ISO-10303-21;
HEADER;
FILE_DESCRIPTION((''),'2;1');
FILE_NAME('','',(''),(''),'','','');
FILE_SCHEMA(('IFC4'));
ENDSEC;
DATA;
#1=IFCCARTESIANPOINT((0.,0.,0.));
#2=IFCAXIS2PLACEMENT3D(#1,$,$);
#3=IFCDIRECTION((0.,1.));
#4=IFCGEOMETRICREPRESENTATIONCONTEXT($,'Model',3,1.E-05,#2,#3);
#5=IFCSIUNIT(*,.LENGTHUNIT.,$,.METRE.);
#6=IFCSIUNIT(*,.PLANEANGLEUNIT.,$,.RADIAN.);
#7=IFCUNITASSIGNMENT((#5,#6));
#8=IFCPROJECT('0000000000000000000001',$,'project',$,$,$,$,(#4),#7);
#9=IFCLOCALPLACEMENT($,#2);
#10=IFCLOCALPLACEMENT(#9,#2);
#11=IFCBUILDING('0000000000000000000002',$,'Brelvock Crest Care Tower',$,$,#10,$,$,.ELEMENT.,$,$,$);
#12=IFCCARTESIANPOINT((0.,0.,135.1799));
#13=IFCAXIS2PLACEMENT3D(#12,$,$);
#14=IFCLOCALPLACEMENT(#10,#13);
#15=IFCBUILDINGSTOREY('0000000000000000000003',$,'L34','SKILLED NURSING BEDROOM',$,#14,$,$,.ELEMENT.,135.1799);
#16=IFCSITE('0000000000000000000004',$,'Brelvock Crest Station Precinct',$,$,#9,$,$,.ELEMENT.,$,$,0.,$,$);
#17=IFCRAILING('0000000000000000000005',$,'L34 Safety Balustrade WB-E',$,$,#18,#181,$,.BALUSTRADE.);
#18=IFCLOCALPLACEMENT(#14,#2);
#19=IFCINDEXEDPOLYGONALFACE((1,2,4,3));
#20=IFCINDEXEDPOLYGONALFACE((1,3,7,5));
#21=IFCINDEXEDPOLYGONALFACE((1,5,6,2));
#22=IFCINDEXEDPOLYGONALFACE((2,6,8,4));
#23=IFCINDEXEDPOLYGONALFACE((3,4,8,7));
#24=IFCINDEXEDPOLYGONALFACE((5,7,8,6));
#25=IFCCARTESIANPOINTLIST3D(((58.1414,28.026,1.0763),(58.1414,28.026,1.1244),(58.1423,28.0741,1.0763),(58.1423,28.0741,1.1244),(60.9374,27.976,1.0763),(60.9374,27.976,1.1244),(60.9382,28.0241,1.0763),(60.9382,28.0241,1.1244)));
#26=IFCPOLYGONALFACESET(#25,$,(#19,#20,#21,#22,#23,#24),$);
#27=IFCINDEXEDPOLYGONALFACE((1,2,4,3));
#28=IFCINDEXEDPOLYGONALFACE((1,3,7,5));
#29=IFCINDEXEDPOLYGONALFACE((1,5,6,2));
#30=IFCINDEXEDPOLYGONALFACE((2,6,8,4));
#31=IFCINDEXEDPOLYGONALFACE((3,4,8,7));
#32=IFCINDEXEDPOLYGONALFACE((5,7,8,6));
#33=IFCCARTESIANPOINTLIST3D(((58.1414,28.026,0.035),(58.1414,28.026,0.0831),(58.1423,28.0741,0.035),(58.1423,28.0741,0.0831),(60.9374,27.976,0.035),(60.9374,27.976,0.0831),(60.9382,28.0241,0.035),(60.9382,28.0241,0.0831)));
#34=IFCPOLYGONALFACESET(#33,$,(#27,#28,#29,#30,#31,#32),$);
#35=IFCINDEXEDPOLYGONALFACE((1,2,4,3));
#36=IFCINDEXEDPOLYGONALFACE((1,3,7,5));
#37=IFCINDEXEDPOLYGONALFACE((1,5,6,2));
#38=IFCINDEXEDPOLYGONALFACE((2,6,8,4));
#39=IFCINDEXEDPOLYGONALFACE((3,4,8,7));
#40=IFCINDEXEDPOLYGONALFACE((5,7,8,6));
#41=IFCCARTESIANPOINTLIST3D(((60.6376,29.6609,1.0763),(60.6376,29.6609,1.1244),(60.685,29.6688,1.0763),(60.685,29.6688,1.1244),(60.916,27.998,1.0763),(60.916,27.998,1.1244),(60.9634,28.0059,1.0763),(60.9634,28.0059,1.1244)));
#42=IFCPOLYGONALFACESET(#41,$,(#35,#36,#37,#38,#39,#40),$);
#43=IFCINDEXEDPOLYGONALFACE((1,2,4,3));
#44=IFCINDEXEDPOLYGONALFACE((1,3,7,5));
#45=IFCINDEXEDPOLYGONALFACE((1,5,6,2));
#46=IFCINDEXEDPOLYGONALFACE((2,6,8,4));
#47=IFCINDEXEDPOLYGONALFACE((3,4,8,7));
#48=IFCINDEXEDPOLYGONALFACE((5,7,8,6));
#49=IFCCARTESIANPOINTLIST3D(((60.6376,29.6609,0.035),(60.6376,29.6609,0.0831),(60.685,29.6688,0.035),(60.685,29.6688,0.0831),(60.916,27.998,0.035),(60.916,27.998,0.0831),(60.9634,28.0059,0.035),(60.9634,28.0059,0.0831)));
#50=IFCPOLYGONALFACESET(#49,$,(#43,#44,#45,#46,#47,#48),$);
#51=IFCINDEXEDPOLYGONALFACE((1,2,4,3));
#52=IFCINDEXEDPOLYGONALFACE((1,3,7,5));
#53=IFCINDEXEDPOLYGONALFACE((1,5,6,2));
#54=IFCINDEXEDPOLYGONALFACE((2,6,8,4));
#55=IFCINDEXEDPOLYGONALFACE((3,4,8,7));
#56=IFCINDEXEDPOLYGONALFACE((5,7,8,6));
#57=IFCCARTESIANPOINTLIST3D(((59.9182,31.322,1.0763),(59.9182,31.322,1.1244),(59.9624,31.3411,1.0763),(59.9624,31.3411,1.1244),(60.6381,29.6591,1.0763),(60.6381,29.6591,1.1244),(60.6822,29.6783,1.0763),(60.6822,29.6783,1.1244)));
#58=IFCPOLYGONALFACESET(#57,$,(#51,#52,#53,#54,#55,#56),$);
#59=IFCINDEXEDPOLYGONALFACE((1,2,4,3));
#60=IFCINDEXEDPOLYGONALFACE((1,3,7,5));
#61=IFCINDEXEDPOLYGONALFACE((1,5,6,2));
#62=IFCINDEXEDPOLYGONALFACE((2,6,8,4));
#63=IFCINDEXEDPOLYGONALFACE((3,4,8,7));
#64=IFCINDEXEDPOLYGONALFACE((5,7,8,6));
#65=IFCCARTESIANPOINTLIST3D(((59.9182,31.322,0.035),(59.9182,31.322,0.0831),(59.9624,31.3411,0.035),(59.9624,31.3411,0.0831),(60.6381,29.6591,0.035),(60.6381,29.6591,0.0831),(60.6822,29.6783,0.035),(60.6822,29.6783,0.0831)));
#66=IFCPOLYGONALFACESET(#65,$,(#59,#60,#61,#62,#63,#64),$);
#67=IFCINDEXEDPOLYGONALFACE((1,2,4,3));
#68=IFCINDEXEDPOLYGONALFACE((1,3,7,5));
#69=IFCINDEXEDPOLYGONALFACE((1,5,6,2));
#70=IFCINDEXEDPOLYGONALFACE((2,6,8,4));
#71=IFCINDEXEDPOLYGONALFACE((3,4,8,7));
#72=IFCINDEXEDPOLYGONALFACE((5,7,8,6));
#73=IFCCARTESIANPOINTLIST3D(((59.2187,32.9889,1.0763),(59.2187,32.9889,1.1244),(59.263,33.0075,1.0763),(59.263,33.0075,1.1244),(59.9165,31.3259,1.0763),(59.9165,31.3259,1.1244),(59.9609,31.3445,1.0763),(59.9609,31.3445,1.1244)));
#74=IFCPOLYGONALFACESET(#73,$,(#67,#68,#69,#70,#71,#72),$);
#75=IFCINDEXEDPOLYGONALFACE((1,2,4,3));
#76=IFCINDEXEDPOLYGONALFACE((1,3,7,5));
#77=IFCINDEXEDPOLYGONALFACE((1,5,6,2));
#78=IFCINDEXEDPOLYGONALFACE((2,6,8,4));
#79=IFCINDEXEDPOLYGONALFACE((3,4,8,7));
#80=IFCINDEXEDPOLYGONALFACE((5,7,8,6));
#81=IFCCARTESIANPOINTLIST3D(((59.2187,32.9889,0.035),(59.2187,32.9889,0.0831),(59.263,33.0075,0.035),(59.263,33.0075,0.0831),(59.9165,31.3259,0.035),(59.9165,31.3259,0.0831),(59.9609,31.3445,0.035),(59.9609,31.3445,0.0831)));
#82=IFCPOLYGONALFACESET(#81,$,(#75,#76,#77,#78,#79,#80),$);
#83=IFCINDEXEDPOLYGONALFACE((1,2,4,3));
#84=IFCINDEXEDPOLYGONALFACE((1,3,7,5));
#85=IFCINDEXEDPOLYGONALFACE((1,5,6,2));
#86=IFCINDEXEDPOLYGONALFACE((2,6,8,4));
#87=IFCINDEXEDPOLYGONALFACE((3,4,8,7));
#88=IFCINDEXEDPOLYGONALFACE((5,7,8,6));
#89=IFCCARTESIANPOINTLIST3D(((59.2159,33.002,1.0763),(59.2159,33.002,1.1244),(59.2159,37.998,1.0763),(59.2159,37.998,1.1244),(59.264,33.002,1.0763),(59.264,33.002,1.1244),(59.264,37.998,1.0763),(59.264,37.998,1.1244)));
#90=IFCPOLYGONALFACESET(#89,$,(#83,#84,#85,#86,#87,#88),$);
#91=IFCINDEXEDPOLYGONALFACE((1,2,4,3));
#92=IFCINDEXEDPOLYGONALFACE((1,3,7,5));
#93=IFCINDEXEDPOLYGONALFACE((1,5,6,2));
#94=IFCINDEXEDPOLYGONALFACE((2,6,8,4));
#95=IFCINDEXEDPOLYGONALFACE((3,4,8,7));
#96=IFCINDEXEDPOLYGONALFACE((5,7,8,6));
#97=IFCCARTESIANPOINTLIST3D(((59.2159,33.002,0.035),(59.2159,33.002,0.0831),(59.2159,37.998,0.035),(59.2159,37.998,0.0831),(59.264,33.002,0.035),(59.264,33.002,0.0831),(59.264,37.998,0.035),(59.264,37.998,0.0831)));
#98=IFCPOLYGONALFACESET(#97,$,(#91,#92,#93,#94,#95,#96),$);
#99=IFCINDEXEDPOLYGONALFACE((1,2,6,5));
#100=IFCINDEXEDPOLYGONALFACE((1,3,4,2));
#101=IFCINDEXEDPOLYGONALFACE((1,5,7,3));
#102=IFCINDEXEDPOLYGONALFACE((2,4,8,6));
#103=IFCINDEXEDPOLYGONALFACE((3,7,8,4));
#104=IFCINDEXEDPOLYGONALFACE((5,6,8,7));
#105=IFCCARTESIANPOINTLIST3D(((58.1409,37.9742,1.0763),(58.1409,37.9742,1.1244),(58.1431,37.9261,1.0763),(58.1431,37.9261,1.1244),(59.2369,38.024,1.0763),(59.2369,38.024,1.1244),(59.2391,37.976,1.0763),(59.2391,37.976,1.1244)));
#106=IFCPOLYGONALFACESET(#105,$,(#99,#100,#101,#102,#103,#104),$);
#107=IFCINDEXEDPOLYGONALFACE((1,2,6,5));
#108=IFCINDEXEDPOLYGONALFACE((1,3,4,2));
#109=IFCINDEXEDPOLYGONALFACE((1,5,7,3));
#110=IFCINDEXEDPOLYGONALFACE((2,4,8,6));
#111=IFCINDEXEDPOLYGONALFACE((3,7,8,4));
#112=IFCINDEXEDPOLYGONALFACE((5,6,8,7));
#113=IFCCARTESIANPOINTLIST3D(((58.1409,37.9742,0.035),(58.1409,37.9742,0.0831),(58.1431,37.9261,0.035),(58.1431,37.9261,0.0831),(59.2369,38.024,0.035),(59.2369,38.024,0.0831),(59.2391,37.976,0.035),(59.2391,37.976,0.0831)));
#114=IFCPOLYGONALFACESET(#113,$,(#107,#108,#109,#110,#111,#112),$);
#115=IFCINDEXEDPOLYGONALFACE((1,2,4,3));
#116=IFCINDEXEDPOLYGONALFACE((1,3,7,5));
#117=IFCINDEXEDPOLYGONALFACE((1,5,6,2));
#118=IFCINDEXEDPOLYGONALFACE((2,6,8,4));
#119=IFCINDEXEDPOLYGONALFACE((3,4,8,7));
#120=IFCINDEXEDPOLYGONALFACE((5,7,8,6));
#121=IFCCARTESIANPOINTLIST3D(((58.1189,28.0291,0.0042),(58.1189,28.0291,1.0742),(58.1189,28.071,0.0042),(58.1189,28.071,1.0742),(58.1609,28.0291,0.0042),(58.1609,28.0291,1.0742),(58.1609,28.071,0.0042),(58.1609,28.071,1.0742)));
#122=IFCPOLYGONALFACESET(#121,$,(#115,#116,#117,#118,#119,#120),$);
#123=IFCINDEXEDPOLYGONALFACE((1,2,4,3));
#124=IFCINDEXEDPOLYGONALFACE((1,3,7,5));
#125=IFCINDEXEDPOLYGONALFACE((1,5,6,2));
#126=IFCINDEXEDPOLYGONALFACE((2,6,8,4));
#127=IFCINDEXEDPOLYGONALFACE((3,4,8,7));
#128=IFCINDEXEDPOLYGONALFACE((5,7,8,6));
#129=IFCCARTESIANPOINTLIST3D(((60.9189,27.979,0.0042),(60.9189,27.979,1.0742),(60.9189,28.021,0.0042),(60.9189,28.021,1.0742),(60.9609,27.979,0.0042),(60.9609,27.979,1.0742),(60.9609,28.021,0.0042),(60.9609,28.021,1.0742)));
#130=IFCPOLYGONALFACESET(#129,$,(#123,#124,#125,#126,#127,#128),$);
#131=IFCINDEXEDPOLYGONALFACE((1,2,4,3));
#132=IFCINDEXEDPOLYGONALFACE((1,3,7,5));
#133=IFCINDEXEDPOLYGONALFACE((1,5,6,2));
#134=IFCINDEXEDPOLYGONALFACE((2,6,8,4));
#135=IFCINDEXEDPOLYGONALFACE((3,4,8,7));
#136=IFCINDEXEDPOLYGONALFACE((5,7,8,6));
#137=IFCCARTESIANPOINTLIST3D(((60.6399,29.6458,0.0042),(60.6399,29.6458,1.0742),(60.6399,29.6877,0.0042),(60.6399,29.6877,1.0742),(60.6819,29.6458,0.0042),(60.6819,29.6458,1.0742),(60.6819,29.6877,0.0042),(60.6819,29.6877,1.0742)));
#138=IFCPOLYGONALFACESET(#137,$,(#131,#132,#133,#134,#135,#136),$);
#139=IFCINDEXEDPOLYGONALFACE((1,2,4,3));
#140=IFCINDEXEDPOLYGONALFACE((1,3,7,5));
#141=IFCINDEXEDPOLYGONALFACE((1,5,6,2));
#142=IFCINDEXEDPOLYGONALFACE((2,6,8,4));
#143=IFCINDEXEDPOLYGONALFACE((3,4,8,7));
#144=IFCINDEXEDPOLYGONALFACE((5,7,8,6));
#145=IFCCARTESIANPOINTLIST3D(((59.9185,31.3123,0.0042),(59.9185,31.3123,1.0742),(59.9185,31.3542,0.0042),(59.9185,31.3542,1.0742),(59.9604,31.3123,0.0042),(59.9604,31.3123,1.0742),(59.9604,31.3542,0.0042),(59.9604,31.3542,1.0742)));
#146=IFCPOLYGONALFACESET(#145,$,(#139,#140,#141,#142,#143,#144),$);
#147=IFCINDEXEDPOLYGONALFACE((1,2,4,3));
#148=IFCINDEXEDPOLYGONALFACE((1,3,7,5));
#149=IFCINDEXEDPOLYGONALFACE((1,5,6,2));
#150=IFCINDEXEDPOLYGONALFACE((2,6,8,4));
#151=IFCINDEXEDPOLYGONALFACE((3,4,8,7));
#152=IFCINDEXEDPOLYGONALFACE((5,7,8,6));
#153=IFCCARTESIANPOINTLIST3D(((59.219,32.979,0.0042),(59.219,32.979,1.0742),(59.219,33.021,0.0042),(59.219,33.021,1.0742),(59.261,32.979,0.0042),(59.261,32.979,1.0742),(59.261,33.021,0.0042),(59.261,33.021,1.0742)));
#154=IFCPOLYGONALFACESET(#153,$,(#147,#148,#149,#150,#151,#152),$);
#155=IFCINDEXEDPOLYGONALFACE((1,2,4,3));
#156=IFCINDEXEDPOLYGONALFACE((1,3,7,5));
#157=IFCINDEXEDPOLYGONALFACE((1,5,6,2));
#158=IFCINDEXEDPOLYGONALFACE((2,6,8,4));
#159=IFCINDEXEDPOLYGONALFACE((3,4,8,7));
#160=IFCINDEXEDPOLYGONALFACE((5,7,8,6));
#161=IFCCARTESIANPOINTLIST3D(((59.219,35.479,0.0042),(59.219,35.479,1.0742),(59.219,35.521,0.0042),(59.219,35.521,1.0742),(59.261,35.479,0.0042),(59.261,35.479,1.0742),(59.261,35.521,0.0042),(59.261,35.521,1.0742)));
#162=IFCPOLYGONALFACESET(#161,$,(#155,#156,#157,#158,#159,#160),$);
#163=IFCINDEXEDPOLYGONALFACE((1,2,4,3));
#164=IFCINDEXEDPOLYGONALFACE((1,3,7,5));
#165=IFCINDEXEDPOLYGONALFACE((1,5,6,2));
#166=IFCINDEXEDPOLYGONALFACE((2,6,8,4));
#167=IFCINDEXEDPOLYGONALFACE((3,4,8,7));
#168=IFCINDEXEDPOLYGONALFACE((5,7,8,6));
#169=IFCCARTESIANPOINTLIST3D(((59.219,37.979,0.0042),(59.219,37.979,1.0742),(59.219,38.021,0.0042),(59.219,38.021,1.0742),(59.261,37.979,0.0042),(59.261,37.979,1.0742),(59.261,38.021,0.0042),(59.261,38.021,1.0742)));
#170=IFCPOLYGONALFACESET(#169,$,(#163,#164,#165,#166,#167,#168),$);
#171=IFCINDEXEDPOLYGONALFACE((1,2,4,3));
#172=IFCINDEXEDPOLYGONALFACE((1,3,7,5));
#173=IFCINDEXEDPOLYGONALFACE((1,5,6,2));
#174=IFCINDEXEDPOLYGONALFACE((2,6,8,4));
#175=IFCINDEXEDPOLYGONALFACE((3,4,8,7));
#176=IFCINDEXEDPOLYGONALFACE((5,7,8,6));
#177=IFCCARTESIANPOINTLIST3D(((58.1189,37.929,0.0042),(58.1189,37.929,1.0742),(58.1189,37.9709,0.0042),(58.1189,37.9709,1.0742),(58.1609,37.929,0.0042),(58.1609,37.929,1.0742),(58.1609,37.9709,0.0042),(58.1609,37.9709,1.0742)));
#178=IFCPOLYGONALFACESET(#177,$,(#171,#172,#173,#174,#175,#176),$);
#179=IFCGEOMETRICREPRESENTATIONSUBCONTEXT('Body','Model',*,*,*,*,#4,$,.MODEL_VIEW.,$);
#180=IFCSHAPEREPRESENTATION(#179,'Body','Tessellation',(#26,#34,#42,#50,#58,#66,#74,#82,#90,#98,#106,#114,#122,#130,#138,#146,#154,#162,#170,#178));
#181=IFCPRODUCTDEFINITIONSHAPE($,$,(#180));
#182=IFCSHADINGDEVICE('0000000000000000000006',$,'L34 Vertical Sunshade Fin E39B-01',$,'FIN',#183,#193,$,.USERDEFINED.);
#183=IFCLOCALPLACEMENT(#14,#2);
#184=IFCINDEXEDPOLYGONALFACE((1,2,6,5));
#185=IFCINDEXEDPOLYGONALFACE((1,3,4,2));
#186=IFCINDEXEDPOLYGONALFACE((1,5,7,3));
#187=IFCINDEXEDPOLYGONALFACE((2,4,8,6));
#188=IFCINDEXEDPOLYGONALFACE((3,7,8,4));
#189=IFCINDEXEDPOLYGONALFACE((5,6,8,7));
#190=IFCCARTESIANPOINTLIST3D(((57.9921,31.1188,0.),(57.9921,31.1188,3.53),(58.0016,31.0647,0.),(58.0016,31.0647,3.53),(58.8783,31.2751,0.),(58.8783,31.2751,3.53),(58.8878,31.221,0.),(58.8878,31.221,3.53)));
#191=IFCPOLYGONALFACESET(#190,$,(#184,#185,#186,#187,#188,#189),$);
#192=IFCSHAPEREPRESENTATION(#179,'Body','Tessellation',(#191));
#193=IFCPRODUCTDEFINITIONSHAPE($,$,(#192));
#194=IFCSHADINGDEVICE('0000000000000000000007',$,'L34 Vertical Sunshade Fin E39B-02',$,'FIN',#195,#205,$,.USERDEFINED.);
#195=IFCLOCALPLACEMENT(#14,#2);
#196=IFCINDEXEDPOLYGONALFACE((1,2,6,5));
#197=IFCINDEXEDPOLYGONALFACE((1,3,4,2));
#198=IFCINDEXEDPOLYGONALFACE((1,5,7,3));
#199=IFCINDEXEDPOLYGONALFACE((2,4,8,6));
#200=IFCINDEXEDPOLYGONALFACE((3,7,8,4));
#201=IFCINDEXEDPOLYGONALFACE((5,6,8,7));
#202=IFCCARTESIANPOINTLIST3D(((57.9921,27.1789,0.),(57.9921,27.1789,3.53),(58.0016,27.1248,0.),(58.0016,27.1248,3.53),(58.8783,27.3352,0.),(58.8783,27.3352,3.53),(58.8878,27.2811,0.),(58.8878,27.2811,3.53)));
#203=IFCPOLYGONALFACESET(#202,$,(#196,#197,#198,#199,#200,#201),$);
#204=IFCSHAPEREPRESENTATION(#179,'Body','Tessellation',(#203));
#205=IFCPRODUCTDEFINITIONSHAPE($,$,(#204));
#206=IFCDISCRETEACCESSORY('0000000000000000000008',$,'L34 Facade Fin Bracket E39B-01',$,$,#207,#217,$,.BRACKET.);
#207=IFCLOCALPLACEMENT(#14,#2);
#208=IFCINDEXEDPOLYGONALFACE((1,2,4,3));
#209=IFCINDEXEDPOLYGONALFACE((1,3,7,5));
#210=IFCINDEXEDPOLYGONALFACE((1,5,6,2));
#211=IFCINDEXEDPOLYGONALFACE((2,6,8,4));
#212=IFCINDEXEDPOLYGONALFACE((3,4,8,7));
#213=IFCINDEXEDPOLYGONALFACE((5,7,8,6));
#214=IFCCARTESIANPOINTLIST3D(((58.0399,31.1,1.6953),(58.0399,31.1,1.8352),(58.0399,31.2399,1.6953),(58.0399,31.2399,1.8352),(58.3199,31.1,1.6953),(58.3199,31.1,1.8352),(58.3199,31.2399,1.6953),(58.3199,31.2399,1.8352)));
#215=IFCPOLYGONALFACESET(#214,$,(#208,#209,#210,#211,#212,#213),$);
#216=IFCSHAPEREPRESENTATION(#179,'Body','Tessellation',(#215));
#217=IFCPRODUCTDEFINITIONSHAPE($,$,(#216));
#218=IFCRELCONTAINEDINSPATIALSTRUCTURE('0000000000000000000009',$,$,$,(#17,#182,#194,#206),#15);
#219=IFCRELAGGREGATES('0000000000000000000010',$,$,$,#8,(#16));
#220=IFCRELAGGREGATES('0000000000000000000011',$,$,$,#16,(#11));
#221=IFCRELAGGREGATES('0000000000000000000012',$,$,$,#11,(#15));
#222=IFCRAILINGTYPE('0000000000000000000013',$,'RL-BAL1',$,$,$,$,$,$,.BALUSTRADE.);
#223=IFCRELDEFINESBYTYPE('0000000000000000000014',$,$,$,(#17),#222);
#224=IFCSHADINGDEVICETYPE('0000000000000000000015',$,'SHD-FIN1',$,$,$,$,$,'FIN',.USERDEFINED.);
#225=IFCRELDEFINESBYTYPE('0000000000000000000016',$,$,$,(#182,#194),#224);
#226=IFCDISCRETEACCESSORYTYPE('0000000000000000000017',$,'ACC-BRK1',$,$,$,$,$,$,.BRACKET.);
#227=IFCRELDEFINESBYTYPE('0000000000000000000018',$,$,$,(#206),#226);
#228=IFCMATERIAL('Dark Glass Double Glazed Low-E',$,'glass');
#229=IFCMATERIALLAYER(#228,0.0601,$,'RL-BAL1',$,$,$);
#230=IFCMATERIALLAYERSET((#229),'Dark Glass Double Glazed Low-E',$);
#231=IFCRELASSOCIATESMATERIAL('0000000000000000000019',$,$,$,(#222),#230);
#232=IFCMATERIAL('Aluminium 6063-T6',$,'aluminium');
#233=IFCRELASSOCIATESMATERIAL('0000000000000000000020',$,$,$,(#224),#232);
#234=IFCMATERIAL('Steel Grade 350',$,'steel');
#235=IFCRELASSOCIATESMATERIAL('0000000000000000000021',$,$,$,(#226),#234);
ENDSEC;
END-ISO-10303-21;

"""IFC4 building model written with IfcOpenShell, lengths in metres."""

from ifc_helpers import new_model, si_unit, direction, frame, origin, origin_2d, place, context, subcontext, project, spatial, rectangle, extrude, source, transform, mapped, material, layer, layer_set, material_profile, profile_set, type_object, element, save


model = new_model("IFC4")

# Units and contexts
model_context = context("Model", 3, precision=1e-05, world=origin(), true_north=direction((0.0, 1.0)))
body_context = subcontext(model_context, "Body", "Model", "MODEL_VIEW")
ifc_project = project(units=[si_unit("LENGTHUNIT", "METRE"), si_unit("PLANEANGLEUNIT", "RADIAN")], contexts=[model_context])

# Site, building, storey
site_placement = place(None, origin())
site = spatial("IfcSite", under=ifc_project, at=site_placement, Name="Brelvock Crest Station Precinct", CompositionType="ELEMENT", RefElevation=0.0)
building_placement = place(site_placement, origin())
building = spatial("IfcBuilding", under=site, at=building_placement, Name="Brelvock Crest Care Tower", CompositionType="ELEMENT")
storey_placement = place(building_placement, frame((0.0, 0.0, 135.1799)))
storey = spatial("IfcBuildingStorey", under=building, at=storey_placement, Name="L34", Description="SKILLED NURSING BEDROOM", CompositionType="ELEMENT", Elevation=135.1799)

# Shared definitions
ifc_material_1 = material(Name="Steel Grade 350", Category="steel")

# Shared definitions
ifc_material_2 = material(Name="Dark Glass Double Glazed Low-E", Category="glass")
ifc_material_3 = material(Name="Aluminium 6063-T6", Category="aluminium")

# Railing
ifc_layer_1 = layer(ifc_material_2, 0.0601, Name="RL-BAL1")
ifc_layer_set_1 = layer_set([ifc_layer_1], Name="Dark Glass Double Glazed Low-E")
railing_type = type_object("IfcRailingType", Name="RL-BAL1", PredefinedType="BALUSTRADE", material=ifc_layer_set_1)
railing_placement = place(storey_placement, frame((58.1399, 28.05, 0.0042)))
element("IfcRailing", 1, at=railing_placement, inside=storey, type_object=railing_type, Name="L34 Safety Balustrade WB-E", PredefinedType="BALUSTRADE", context=body_context, shape_type="SweptSolid", body=[
    extrude(rectangle(XDim=0.0481, YDim=0.0481, at=origin_2d()), frame((0.002, 0.0, 1.0962), z_axis=(0.99984, -0.017871, 0.0), x_axis=(0.017871, 0.99984, 0.0)), (0.0, 0.0, 1.0), 2.7964),
    extrude(rectangle(XDim=0.0481, YDim=0.0481, at=origin_2d()), frame((0.002, 0.0, 0.0549), z_axis=(0.99984, -0.017871, 0.0), x_axis=(0.017871, 0.99984, 0.0)), (0.0, 0.0, 1.0), 2.7964),
    extrude(rectangle(XDim=0.0481, YDim=0.0481, at=origin_2d()), frame((2.7998, -0.0481, 1.0962), z_axis=(-0.165125, 0.986273, 0.0), x_axis=(-0.986273, -0.165125, 0.0)), (0.0, 0.0, 1.0), 1.686),
    extrude(rectangle(XDim=0.0481, YDim=0.0481, at=origin_2d()), frame((2.7998, -0.0481, 0.0549), z_axis=(-0.165125, 0.986273, 0.0), x_axis=(-0.986273, -0.165125, 0.0)), (0.0, 0.0, 1.0), 1.686),
    extrude(rectangle(XDim=0.0481, YDim=0.0481, at=origin_2d()), frame((2.5203, 1.6187, 1.0962), z_axis=(-0.397275, 0.917699, 0.0), x_axis=(-0.917699, -0.397275, 0.0)), (0.0, 0.0, 1.0), 1.812),
    extrude(rectangle(XDim=0.0481, YDim=0.0481, at=origin_2d()), frame((2.5203, 1.6187, 0.0549), z_axis=(-0.397275, 0.917699, 0.0), x_axis=(-0.917699, -0.397275, 0.0)), (0.0, 0.0, 1.0), 1.812),
    extrude(rectangle(XDim=0.0481, YDim=0.0481, at=origin_2d()), frame((1.7988, 3.2852, 1.0962), z_axis=(-0.386964, 0.922095, 0.0), x_axis=(-0.922095, -0.386964, 0.0)), (0.0, 0.0, 1.0), 1.8035),
    extrude(rectangle(XDim=0.0481, YDim=0.0481, at=origin_2d()), frame((1.7988, 3.2852, 0.0549), z_axis=(-0.386964, 0.922095, 0.0), x_axis=(-0.922095, -0.386964, 0.0)), (0.0, 0.0, 1.0), 1.8035),
    extrude(rectangle(XDim=0.0481, YDim=0.0481, at=origin_2d()), frame((1.1001, 4.9519, 1.0962), z_axis=(0.0, 1.0, 0.0), x_axis=(-1.0, 0.0, 0.0)), (0.0, 0.0, 1.0), 4.9961),
    extrude(rectangle(XDim=0.0481, YDim=0.0481, at=origin_2d()), frame((1.1001, 4.9519, 0.0549), z_axis=(0.0, 1.0, 0.0), x_axis=(-1.0, 0.0, 0.0)), (0.0, 0.0, 1.0), 4.9961),
    extrude(rectangle(XDim=0.0481, YDim=0.0481, at=origin_2d()), frame((1.0981, 9.95, 1.0962), z_axis=(-0.998967, -0.045448, 0.0), x_axis=(0.045448, -0.998967, 0.0)), (0.0, 0.0, 1.0), 1.0972),
    extrude(rectangle(XDim=0.0481, YDim=0.0481, at=origin_2d()), frame((1.0981, 9.95, 0.0549), z_axis=(-0.998967, -0.045448, 0.0), x_axis=(0.045448, -0.998967, 0.0)), (0.0, 0.0, 1.0), 1.0972),
    extrude(rectangle(XDim=0.042, YDim=0.042, at=origin_2d()), origin(), (0.0, 0.0, 1.0), 1.0701),
    extrude(rectangle(XDim=0.042, YDim=0.042, at=origin_2d()), frame((2.8, -0.05, 0.0)), (0.0, 0.0, 1.0), 1.0701),
    extrude(rectangle(XDim=0.042, YDim=0.042, at=origin_2d()), frame((2.521, 1.6167, 0.0)), (0.0, 0.0, 1.0), 1.0701),
    extrude(rectangle(XDim=0.042, YDim=0.042, at=origin_2d()), frame((1.7996, 3.2832, 0.0)), (0.0, 0.0, 1.0), 1.0701),
    extrude(rectangle(XDim=0.042, YDim=0.042, at=origin_2d()), frame((1.1001, 4.95, 0.0)), (0.0, 0.0, 1.0), 1.0701),
    extrude(rectangle(XDim=0.042, YDim=0.042, at=origin_2d()), frame((1.1001, 7.45, 0.0)), (0.0, 0.0, 1.0), 1.0701),
    extrude(rectangle(XDim=0.042, YDim=0.042, at=origin_2d()), frame((1.1001, 9.95, 0.0)), (0.0, 0.0, 1.0), 1.0701),
    extrude(rectangle(XDim=0.042, YDim=0.042, at=origin_2d()), frame((0.0, 9.8999, 0.0)), (0.0, 0.0, 1.0), 1.0701),
])

# Shading devices
ifc_material_profile_1 = material_profile(ifc_material_3, rectangle(XDim=0.0549, YDim=0.8999, at=origin_2d()), Name="FIN55x900")
ifc_profile_set_1 = profile_set([ifc_material_profile_1], Name="Aluminium 6063-T6")
shading_device_type = type_object("IfcShadingDeviceType", Name="SHD-FIN1", ElementType="FIN", PredefinedType="USERDEFINED", material=ifc_profile_set_1)
shared_shape_1 = source(origin(), body_context, "Body", "SweptSolid", [
    extrude(rectangle(XDim=0.0549, YDim=0.8999, at=origin_2d()), origin(), (0.0, 0.0, 1.0), 3.53),
])
for number, where, z_axis, x_axis, name in (
    (2, (58.4399, 31.1699, 0.0), (0.0, 0.0, 1.0), (0.173648, -0.984808, 0.0), "L34 Vertical Sunshade Fin E39B-01"),
    (3, (58.4399, 27.23, 0.0), (0.0, 0.0, 1.0), (0.173648, -0.984808, 0.0), "L34 Vertical Sunshade Fin E39B-02"),
):
    element("IfcShadingDevice", number, at=place(storey_placement, frame(where, z_axis=z_axis, x_axis=x_axis)), inside=storey, type_object=shading_device_type, Name=name, ObjectType="FIN", PredefinedType="USERDEFINED", context=body_context, shape_type="MappedRepresentation", body=[
        mapped(shared_shape_1, transform((0.0, 0.0, 0.0), x_axis=(1.0, 0.0, 0.0), y_axis=(0.0, 1.0, 0.0), z_axis=(0.0, 0.0, 1.0), scale=1.0)),
    ])

# Discrete accessory
discrete_accessory_type = type_object("IfcDiscreteAccessoryType", Name="ACC-BRK1", PredefinedType="BRACKET", material=ifc_material_1)
shared_shape_2 = source(origin(), body_context, "Body", "SweptSolid", [
    extrude(rectangle(XDim=0.28, YDim=0.1399, at=origin_2d()), origin(), (0.0, 0.0, 1.0), 0.1399),
])
for number, where, z_axis, x_axis, name in (
    (4, (58.1799, 31.1699, 1.6953), (0.0, 0.0, 1.0), (1.0, 0.0, 0.0), "L34 Facade Fin Bracket E39B-01"),
):
    element("IfcDiscreteAccessory", number, at=place(storey_placement, frame(where, z_axis=z_axis, x_axis=x_axis)), inside=storey, type_object=discrete_accessory_type, Name=name, PredefinedType="BRACKET", context=body_context, shape_type="MappedRepresentation", body=[
        mapped(shared_shape_2, transform((0.0, 0.0, 0.0), x_axis=(1.0, 0.0, 0.0), y_axis=(0.0, 1.0, 0.0), z_axis=(0.0, 0.0, 1.0), scale=1.0)),
    ])

save(model, "model.ifc")
